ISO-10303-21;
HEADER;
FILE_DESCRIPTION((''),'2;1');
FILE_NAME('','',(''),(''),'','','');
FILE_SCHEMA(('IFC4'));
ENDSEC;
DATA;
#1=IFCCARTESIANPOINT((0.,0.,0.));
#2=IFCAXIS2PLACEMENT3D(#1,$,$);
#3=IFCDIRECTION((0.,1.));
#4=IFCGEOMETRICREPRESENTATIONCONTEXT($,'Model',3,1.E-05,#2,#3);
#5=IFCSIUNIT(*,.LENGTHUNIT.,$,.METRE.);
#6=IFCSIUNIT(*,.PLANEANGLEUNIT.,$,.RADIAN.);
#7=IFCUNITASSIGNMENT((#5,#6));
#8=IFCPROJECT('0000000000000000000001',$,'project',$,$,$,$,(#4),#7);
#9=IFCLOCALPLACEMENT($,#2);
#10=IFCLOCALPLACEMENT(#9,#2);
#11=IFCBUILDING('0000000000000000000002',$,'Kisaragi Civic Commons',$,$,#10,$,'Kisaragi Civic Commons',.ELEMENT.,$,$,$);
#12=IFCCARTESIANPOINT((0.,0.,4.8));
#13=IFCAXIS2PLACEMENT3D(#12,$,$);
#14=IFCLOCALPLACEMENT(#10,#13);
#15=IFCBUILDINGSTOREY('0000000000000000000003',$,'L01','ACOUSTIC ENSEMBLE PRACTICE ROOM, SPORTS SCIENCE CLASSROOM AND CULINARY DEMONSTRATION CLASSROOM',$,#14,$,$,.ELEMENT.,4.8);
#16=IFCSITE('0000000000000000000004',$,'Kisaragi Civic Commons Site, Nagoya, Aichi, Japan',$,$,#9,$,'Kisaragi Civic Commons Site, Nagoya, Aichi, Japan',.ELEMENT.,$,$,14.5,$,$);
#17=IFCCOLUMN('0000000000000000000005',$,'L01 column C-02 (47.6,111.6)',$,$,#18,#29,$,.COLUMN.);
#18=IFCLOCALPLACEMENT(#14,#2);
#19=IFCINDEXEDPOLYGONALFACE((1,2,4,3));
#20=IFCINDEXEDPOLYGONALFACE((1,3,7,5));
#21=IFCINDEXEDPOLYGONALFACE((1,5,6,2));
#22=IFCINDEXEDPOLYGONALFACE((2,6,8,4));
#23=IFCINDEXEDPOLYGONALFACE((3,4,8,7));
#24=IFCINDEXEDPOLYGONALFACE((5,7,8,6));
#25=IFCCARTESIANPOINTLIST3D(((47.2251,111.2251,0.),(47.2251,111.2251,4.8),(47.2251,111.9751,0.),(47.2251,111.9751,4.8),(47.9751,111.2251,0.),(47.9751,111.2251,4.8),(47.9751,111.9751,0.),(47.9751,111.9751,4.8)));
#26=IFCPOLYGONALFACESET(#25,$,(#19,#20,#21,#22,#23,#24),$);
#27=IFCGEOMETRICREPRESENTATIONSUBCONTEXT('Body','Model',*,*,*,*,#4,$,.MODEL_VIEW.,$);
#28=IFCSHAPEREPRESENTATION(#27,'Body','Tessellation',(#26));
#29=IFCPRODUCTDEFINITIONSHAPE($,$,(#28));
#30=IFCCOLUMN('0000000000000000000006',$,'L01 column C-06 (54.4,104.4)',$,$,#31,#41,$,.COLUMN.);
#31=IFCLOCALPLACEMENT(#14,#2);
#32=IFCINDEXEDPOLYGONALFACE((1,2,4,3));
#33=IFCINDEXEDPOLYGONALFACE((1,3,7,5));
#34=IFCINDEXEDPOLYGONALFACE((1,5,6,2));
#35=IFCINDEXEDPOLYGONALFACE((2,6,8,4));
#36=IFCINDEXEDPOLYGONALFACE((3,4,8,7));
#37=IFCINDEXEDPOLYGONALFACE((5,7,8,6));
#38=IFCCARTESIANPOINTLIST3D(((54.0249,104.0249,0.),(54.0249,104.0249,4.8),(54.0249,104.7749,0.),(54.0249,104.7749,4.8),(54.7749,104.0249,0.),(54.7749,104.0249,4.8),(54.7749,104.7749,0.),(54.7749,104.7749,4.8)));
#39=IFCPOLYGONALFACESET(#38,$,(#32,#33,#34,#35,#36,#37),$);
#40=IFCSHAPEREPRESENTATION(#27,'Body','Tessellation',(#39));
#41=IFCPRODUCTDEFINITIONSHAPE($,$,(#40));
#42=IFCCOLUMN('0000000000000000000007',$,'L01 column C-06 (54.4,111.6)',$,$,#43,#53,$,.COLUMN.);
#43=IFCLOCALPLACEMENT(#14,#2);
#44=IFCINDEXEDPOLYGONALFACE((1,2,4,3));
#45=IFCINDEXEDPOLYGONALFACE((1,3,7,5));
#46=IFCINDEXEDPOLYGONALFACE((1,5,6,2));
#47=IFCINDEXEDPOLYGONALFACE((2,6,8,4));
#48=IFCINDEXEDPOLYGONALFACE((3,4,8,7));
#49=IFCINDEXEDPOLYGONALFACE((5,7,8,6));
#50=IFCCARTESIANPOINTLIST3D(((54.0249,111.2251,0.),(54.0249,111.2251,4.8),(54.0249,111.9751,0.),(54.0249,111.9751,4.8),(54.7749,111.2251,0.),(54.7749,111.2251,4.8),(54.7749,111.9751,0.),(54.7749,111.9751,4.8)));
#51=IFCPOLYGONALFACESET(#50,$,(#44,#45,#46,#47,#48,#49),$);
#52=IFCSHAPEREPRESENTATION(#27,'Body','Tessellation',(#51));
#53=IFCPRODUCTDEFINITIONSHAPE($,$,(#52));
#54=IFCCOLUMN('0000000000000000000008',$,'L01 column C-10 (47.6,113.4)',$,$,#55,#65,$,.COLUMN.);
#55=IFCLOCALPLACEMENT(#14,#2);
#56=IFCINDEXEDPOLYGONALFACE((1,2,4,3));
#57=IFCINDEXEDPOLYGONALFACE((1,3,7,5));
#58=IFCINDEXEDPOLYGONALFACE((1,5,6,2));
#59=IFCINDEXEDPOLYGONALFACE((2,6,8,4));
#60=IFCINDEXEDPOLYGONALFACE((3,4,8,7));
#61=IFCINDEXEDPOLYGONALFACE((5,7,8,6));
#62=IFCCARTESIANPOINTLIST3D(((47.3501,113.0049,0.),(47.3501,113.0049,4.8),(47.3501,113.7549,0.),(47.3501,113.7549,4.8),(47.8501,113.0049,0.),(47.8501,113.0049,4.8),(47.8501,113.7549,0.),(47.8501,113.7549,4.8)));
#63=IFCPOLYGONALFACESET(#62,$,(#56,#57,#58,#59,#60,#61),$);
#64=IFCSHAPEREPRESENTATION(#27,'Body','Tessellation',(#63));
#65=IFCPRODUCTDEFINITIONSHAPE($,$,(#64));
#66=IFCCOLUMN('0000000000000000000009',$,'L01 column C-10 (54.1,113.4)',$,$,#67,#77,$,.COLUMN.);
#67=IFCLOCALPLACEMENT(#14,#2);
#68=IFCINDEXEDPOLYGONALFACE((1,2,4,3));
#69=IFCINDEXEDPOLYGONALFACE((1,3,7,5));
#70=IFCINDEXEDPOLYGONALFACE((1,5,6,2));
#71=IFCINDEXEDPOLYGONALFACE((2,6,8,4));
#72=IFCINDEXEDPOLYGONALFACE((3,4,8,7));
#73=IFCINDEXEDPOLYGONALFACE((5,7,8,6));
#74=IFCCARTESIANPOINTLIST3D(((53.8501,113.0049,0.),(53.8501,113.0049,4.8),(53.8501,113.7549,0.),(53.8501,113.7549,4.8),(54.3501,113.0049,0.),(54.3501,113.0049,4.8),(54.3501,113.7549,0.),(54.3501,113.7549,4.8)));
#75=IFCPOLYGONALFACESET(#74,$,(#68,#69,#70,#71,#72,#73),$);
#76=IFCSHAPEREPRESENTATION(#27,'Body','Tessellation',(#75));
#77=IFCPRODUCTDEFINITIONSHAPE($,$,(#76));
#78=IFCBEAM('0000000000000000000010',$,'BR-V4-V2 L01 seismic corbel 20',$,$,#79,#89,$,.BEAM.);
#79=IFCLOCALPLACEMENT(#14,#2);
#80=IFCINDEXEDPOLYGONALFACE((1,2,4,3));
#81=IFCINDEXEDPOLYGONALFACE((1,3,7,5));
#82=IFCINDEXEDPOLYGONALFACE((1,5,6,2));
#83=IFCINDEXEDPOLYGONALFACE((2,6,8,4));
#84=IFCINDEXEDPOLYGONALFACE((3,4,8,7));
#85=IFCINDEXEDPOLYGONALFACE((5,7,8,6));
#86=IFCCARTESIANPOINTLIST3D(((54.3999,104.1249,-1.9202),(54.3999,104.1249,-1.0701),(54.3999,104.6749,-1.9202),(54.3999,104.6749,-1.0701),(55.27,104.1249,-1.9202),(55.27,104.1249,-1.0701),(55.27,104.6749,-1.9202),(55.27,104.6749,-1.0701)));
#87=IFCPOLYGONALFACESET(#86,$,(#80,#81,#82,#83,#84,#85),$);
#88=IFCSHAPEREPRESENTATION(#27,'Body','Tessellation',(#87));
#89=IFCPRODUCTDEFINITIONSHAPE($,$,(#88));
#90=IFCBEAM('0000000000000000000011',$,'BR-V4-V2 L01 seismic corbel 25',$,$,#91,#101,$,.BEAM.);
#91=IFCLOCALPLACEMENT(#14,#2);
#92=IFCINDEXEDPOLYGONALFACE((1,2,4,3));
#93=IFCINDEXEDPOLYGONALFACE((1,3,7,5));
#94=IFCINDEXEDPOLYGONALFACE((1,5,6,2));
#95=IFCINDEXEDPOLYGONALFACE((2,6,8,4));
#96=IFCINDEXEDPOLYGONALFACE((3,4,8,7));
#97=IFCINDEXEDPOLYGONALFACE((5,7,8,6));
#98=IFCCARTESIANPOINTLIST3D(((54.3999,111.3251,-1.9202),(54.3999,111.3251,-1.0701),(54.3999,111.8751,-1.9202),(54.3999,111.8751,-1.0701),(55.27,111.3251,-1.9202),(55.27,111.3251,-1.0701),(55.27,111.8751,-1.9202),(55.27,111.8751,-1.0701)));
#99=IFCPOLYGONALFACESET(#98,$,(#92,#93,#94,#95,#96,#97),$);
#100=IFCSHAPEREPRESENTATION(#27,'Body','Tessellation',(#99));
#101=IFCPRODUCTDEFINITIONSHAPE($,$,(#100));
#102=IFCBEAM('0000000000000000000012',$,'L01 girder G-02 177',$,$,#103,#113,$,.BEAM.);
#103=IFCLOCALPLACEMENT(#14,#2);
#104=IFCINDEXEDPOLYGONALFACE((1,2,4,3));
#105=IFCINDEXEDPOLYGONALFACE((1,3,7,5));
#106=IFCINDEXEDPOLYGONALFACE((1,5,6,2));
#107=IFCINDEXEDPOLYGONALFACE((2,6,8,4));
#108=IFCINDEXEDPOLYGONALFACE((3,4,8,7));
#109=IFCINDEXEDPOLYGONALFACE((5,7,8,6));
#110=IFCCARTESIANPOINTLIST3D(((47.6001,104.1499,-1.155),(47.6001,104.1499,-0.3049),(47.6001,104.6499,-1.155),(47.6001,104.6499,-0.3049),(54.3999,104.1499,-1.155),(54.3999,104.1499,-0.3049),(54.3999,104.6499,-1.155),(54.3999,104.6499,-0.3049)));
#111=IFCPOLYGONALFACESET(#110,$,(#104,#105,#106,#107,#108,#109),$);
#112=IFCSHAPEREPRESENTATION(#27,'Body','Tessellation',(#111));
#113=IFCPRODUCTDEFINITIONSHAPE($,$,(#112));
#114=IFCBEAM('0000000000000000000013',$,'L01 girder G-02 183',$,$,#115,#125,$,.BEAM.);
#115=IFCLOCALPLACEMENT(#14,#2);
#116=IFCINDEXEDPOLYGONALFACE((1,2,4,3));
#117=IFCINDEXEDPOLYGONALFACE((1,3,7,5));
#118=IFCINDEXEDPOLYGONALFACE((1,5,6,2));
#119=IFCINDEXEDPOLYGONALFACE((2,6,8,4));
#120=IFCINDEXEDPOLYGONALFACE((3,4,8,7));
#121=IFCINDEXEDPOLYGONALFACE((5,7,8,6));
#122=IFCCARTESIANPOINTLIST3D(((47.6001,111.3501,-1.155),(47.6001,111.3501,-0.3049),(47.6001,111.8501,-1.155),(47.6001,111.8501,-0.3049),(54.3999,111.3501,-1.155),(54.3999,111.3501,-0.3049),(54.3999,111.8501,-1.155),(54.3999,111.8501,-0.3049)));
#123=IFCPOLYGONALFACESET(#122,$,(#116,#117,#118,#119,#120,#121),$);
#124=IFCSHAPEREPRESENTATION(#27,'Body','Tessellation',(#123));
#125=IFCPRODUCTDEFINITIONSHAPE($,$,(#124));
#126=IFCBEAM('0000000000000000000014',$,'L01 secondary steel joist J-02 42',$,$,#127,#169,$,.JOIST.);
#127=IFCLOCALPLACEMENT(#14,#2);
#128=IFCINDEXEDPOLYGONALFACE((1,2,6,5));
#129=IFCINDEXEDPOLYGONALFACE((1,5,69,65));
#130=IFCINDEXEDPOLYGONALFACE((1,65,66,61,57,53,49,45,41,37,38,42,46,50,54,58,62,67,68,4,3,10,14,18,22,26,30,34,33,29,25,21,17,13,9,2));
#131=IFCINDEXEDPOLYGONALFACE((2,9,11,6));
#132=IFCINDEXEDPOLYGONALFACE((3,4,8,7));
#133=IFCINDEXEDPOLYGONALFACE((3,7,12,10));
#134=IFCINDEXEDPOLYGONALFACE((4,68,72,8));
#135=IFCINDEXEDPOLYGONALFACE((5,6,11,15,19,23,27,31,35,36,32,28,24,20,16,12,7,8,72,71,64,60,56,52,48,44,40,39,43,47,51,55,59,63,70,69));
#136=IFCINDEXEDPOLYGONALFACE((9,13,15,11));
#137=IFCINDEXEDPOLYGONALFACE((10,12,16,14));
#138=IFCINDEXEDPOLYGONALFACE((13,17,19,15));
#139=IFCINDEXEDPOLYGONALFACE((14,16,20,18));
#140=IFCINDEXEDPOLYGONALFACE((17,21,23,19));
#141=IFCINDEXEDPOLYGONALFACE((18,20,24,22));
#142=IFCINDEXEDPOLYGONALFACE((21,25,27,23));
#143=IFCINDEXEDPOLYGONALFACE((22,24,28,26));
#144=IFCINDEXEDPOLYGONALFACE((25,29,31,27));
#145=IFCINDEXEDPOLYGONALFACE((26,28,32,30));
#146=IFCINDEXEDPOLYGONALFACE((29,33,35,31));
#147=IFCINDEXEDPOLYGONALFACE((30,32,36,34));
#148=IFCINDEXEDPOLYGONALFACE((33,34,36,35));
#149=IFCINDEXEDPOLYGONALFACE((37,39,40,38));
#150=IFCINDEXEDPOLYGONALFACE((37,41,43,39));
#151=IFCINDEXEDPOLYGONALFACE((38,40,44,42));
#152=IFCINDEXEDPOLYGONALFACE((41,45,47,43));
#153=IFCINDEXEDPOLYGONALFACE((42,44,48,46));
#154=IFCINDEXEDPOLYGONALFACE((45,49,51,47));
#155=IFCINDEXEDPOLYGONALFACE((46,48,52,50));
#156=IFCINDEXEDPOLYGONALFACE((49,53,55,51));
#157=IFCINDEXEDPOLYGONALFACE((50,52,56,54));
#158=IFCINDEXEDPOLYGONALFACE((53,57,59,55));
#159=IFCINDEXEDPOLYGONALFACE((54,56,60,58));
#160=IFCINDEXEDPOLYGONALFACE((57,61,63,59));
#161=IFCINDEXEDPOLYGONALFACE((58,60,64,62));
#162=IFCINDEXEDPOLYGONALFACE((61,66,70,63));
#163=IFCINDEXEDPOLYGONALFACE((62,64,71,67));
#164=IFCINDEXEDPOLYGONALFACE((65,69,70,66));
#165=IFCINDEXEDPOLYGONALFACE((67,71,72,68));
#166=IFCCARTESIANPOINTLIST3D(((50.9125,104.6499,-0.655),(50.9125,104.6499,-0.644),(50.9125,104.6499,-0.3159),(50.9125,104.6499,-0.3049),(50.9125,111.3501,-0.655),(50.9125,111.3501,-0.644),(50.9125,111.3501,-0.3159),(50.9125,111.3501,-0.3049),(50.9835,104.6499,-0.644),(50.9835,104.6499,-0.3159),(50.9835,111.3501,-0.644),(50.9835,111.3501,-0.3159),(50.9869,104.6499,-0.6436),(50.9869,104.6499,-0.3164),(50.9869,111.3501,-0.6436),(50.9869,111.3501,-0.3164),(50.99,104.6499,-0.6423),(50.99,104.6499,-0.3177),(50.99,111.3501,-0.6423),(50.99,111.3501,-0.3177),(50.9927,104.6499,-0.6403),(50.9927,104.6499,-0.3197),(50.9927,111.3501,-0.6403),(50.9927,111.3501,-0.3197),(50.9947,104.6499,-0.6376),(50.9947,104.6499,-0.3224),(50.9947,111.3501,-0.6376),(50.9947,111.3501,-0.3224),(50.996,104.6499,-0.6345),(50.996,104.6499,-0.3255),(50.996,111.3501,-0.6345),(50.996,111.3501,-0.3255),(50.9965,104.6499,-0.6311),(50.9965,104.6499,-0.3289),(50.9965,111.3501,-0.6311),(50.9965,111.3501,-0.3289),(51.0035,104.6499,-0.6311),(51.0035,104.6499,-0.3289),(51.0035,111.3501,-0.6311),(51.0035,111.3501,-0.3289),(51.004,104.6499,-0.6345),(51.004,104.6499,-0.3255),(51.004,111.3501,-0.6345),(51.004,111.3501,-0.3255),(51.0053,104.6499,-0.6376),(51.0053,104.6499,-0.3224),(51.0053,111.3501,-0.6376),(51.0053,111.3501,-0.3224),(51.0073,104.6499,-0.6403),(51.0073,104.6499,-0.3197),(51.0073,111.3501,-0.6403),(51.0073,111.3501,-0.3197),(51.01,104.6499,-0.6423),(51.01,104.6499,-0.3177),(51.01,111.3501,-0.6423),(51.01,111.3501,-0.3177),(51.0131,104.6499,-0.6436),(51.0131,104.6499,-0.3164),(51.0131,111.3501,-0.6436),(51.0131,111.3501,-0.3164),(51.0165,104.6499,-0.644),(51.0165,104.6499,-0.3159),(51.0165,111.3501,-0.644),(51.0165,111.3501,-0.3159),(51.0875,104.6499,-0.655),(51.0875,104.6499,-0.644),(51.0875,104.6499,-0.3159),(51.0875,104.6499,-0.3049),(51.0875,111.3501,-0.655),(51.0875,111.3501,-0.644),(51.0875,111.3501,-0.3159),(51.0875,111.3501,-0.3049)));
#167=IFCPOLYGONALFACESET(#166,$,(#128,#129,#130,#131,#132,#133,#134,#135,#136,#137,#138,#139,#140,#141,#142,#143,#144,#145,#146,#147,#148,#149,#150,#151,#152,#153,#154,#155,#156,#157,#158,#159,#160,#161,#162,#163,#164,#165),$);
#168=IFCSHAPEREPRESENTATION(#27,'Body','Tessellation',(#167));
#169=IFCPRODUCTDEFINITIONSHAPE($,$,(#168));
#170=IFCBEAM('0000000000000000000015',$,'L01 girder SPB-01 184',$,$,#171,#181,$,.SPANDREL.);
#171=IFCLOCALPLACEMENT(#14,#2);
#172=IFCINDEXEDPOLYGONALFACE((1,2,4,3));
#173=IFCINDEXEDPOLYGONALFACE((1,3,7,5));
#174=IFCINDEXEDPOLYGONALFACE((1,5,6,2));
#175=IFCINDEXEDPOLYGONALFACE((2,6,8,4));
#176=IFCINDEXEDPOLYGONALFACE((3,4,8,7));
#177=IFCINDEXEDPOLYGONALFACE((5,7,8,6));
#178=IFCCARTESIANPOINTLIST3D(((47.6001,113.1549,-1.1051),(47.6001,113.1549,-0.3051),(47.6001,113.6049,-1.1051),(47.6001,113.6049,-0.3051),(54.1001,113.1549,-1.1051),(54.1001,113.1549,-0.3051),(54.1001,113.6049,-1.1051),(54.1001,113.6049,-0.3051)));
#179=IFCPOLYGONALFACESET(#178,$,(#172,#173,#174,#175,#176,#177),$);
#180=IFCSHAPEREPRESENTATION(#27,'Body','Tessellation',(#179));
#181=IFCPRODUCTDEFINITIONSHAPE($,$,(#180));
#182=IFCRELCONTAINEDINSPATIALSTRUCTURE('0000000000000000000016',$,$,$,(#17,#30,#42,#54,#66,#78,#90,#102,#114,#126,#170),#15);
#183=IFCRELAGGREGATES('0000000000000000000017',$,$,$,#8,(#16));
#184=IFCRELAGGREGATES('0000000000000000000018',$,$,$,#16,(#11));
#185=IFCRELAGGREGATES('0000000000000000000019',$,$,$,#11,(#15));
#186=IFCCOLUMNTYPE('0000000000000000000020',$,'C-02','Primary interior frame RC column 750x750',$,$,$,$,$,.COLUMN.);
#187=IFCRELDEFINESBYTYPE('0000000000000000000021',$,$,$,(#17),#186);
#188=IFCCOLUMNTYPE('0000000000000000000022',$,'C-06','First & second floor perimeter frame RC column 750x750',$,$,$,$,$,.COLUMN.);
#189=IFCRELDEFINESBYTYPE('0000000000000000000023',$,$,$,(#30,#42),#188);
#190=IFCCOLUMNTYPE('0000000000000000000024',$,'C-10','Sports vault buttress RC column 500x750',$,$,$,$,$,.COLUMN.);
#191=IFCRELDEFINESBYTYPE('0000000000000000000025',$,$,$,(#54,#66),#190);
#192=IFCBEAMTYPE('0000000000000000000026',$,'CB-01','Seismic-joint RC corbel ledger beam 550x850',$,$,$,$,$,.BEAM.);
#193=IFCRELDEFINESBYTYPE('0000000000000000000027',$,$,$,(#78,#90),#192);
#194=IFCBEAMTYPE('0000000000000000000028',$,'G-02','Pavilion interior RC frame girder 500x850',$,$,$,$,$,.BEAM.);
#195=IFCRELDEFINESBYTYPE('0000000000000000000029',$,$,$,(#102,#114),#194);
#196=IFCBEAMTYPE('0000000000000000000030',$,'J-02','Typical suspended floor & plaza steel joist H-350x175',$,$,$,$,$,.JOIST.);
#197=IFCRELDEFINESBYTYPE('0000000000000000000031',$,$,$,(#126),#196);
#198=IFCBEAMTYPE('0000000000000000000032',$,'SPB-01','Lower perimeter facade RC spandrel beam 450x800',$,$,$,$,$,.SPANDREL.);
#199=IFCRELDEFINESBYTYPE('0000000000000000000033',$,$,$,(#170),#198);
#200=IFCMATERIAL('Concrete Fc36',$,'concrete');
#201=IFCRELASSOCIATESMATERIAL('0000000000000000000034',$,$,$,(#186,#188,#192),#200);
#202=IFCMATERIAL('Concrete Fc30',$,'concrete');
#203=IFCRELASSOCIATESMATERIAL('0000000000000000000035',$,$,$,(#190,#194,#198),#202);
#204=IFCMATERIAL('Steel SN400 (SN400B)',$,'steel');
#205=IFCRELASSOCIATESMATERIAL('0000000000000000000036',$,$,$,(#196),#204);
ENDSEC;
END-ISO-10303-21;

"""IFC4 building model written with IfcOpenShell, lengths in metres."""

from ifc_helpers import new_model, si_unit, direction, frame, origin, origin_2d, place, context, subcontext, project, spatial, rectangle, i_section, extrude, material, material_profile, profile_set, type_object, element, save


model = new_model("IFC4")

# Units and contexts
model_context = context("Model", 3, precision=1e-05, world=origin(), true_north=direction((0.0, 1.0)))
body_context = subcontext(model_context, "Body", "Model", "MODEL_VIEW")
ifc_project = project(units=[si_unit("LENGTHUNIT", "METRE"), si_unit("PLANEANGLEUNIT", "RADIAN")], contexts=[model_context])

# Site, building, storey
site_placement = place(None, origin())
site = spatial("IfcSite", under=ifc_project, at=site_placement, Name="Kisaragi Civic Commons Site, Nagoya, Aichi, Japan", LongName="Kisaragi Civic Commons Site, Nagoya, Aichi, Japan", CompositionType="ELEMENT", RefElevation=14.5)
building_placement = place(site_placement, origin())
building = spatial("IfcBuilding", under=site, at=building_placement, Name="Kisaragi Civic Commons", LongName="Kisaragi Civic Commons", CompositionType="ELEMENT")
storey_placement = place(building_placement, frame((0.0, 0.0, 4.8)))
storey = spatial("IfcBuildingStorey", under=building, at=storey_placement, Name="L01", Description="ACOUSTIC ENSEMBLE PRACTICE ROOM, SPORTS SCIENCE CLASSROOM AND CULINARY DEMONSTRATION CLASSROOM", CompositionType="ELEMENT", Elevation=4.8)

# Columns
ifc_material_1 = material(Name="Concrete Fc36", Category="concrete")
ifc_material_profile_1 = material_profile(ifc_material_1, rectangle(XDim=0.75, YDim=0.75, at=origin_2d()), Name="RC-750x750", Category="concrete")
ifc_profile_set_1 = profile_set([ifc_material_profile_1], Name="Concrete Fc36")
column_type_1 = type_object("IfcColumnType", Name="C-02", Description="Primary interior frame RC column 750x750", PredefinedType="COLUMN", material=ifc_profile_set_1)
column_placement = place(storey_placement, frame((47.6001, 111.6001, 0.0), z_axis=(0.0, 0.0, 1.0), x_axis=(1.0, 0.0, 0.0)))
element("IfcColumn", 1, at=column_placement, inside=storey, type_object=column_type_1, Name="L01 column C-02 (47.6,111.6)", PredefinedType="COLUMN", context=body_context, shape_type="SweptSolid", body=[
    extrude(rectangle(XDim=0.75, YDim=0.75, at=origin_2d()), origin(), (0.0, 0.0, 1.0), 4.8),
])
ifc_material_profile_2 = material_profile(ifc_material_1, rectangle(XDim=0.75, YDim=0.75, at=origin_2d()), Name="RC-750x750", Category="concrete")
ifc_profile_set_2 = profile_set([ifc_material_profile_2], Name="Concrete Fc36")
column_type_2 = type_object("IfcColumnType", Name="C-06", Description="First & second floor perimeter frame RC column 750x750", PredefinedType="COLUMN", material=ifc_profile_set_2)
for number, where, z_axis, x_axis, name in (
    (2, (54.3999, 104.3999, 0.0), (0.0, 0.0, 1.0), (1.0, 0.0, 0.0), "L01 column C-06 (54.4,104.4)"),
    (3, (54.3999, 111.6001, 0.0), (0.0, 0.0, 1.0), (1.0, 0.0, 0.0), "L01 column C-06 (54.4,111.6)"),
):
    element("IfcColumn", number, at=place(storey_placement, frame(where, z_axis=z_axis, x_axis=x_axis)), inside=storey, type_object=column_type_2, Name=name, PredefinedType="COLUMN", context=body_context, shape_type="SweptSolid", body=[
        extrude(rectangle(XDim=0.75, YDim=0.75, at=origin_2d()), origin(), (0.0, 0.0, 1.0), 4.8),
    ])
ifc_material_2 = material(Name="Concrete Fc30", Category="concrete")
ifc_material_profile_3 = material_profile(ifc_material_2, rectangle(XDim=0.5, YDim=0.75, at=origin_2d()), Name="RC-500x750", Category="concrete")
ifc_profile_set_3 = profile_set([ifc_material_profile_3], Name="Concrete Fc30")
column_type_3 = type_object("IfcColumnType", Name="C-10", Description="Sports vault buttress RC column 500x750", PredefinedType="COLUMN", material=ifc_profile_set_3)
for number, where, z_axis, x_axis, name in (
    (4, (47.6001, 113.3799, 0.0), (0.0, 0.0, 1.0), (1.0, 0.0, 0.0), "L01 column C-10 (47.6,113.4)"),
    (5, (54.1001, 113.3799, 0.0), (0.0, 0.0, 1.0), (1.0, 0.0, 0.0), "L01 column C-10 (54.1,113.4)"),
):
    element("IfcColumn", number, at=place(storey_placement, frame(where, z_axis=z_axis, x_axis=x_axis)), inside=storey, type_object=column_type_3, Name=name, PredefinedType="COLUMN", context=body_context, shape_type="SweptSolid", body=[
        extrude(rectangle(XDim=0.5, YDim=0.75, at=origin_2d()), origin(), (0.0, 0.0, 1.0), 4.8),
    ])

# Beams
ifc_material_profile_4 = material_profile(ifc_material_1, rectangle(XDim=0.55, YDim=0.8501, at=origin_2d()), Name="RC-550x850", Category="concrete")
ifc_profile_set_4 = profile_set([ifc_material_profile_4], Name="Concrete Fc36")
beam_type_1 = type_object("IfcBeamType", Name="CB-01", Description="Seismic-joint RC corbel ledger beam 550x850", PredefinedType="BEAM", material=ifc_profile_set_4)
for number, where, z_axis, x_axis, name in (
    (6, (54.3999, 104.3999, -1.4951), (1.0, 0.0, 0.0), (0.0, 1.0, 0.0), "BR-V4-V2 L01 seismic corbel 20"),
    (7, (54.3999, 111.6001, -1.4951), (1.0, 0.0, 0.0), (0.0, 1.0, 0.0), "BR-V4-V2 L01 seismic corbel 25"),
):
    element("IfcBeam", number, at=place(storey_placement, frame(where, z_axis=z_axis, x_axis=x_axis)), inside=storey, type_object=beam_type_1, Name=name, PredefinedType="BEAM", context=body_context, shape_type="SweptSolid", body=[
        extrude(rectangle(XDim=0.55, YDim=0.8501, at=origin_2d()), origin(), (0.0, 0.0, 1.0), 0.8701),
    ])
ifc_material_profile_5 = material_profile(ifc_material_2, rectangle(XDim=0.5, YDim=0.8501, at=origin_2d()), Name="RC-500x850", Category="concrete")
ifc_profile_set_5 = profile_set([ifc_material_profile_5], Name="Concrete Fc30")
beam_type_2 = type_object("IfcBeamType", Name="G-02", Description="Pavilion interior RC frame girder 500x850", PredefinedType="BEAM", material=ifc_profile_set_5)
for number, where, z_axis, x_axis, name in (
    (8, (47.6001, 104.3999, -0.73), (1.0, 0.0, 0.0), (0.0, 1.0, 0.0), "L01 girder G-02 177"),
    (9, (47.6001, 111.6001, -0.73), (1.0, 0.0, 0.0), (0.0, 1.0, 0.0), "L01 girder G-02 183"),
):
    element("IfcBeam", number, at=place(storey_placement, frame(where, z_axis=z_axis, x_axis=x_axis)), inside=storey, type_object=beam_type_2, Name=name, PredefinedType="BEAM", context=body_context, shape_type="SweptSolid", body=[
        extrude(rectangle(XDim=0.5, YDim=0.8501, at=origin_2d()), origin(), (0.0, 0.0, 1.0), 6.7998),
    ])
ifc_material_3 = material(Name="Steel SN400 (SN400B)", Category="steel")
ifc_material_profile_6 = material_profile(ifc_material_3, i_section(OverallWidth=0.175, OverallDepth=0.3501, WebThickness=0.0071, FlangeThickness=0.011, FilletRadius=0.0129, at=origin_2d()), Name="H-350x175x7x11", Category="steel")
ifc_profile_set_6 = profile_set([ifc_material_profile_6], Name="Steel SN400 (SN400B)")
beam_type_3 = type_object("IfcBeamType", Name="J-02", Description="Typical suspended floor & plaza steel joist H-350x175", PredefinedType="JOIST", material=ifc_profile_set_6)
beam_1_placement = place(storey_placement, frame((51.0, 104.6499, -0.48), z_axis=(0.0, 1.0, 0.0), x_axis=(-1.0, 0.0, 0.0)))
element("IfcBeam", 10, at=beam_1_placement, inside=storey, type_object=beam_type_3, Name="L01 secondary steel joist J-02 42", PredefinedType="JOIST", context=body_context, shape_type="SweptSolid", body=[
    extrude(i_section(OverallWidth=0.175, OverallDepth=0.3501, WebThickness=0.0071, FlangeThickness=0.011, FilletRadius=0.0129, at=origin_2d()), origin(), (0.0, 0.0, 1.0), 6.7002),
])
ifc_material_profile_7 = material_profile(ifc_material_2, rectangle(XDim=0.45, YDim=0.8, at=origin_2d()), Name="RC-450x800", Category="concrete")
ifc_profile_set_7 = profile_set([ifc_material_profile_7], Name="Concrete Fc30")
beam_type_4 = type_object("IfcBeamType", Name="SPB-01", Description="Lower perimeter facade RC spandrel beam 450x800", PredefinedType="SPANDREL", material=ifc_profile_set_7)
beam_2_placement = place(storey_placement, frame((47.6001, 113.3799, -0.7051), z_axis=(1.0, 0.0, 0.0), x_axis=(0.0, 1.0, 0.0)))
element("IfcBeam", 11, at=beam_2_placement, inside=storey, type_object=beam_type_4, Name="L01 girder SPB-01 184", PredefinedType="SPANDREL", context=body_context, shape_type="SweptSolid", body=[
    extrude(rectangle(XDim=0.45, YDim=0.8, at=origin_2d()), origin(), (0.0, 0.0, 1.0), 6.5),
])

save(model, "model.ifc")
